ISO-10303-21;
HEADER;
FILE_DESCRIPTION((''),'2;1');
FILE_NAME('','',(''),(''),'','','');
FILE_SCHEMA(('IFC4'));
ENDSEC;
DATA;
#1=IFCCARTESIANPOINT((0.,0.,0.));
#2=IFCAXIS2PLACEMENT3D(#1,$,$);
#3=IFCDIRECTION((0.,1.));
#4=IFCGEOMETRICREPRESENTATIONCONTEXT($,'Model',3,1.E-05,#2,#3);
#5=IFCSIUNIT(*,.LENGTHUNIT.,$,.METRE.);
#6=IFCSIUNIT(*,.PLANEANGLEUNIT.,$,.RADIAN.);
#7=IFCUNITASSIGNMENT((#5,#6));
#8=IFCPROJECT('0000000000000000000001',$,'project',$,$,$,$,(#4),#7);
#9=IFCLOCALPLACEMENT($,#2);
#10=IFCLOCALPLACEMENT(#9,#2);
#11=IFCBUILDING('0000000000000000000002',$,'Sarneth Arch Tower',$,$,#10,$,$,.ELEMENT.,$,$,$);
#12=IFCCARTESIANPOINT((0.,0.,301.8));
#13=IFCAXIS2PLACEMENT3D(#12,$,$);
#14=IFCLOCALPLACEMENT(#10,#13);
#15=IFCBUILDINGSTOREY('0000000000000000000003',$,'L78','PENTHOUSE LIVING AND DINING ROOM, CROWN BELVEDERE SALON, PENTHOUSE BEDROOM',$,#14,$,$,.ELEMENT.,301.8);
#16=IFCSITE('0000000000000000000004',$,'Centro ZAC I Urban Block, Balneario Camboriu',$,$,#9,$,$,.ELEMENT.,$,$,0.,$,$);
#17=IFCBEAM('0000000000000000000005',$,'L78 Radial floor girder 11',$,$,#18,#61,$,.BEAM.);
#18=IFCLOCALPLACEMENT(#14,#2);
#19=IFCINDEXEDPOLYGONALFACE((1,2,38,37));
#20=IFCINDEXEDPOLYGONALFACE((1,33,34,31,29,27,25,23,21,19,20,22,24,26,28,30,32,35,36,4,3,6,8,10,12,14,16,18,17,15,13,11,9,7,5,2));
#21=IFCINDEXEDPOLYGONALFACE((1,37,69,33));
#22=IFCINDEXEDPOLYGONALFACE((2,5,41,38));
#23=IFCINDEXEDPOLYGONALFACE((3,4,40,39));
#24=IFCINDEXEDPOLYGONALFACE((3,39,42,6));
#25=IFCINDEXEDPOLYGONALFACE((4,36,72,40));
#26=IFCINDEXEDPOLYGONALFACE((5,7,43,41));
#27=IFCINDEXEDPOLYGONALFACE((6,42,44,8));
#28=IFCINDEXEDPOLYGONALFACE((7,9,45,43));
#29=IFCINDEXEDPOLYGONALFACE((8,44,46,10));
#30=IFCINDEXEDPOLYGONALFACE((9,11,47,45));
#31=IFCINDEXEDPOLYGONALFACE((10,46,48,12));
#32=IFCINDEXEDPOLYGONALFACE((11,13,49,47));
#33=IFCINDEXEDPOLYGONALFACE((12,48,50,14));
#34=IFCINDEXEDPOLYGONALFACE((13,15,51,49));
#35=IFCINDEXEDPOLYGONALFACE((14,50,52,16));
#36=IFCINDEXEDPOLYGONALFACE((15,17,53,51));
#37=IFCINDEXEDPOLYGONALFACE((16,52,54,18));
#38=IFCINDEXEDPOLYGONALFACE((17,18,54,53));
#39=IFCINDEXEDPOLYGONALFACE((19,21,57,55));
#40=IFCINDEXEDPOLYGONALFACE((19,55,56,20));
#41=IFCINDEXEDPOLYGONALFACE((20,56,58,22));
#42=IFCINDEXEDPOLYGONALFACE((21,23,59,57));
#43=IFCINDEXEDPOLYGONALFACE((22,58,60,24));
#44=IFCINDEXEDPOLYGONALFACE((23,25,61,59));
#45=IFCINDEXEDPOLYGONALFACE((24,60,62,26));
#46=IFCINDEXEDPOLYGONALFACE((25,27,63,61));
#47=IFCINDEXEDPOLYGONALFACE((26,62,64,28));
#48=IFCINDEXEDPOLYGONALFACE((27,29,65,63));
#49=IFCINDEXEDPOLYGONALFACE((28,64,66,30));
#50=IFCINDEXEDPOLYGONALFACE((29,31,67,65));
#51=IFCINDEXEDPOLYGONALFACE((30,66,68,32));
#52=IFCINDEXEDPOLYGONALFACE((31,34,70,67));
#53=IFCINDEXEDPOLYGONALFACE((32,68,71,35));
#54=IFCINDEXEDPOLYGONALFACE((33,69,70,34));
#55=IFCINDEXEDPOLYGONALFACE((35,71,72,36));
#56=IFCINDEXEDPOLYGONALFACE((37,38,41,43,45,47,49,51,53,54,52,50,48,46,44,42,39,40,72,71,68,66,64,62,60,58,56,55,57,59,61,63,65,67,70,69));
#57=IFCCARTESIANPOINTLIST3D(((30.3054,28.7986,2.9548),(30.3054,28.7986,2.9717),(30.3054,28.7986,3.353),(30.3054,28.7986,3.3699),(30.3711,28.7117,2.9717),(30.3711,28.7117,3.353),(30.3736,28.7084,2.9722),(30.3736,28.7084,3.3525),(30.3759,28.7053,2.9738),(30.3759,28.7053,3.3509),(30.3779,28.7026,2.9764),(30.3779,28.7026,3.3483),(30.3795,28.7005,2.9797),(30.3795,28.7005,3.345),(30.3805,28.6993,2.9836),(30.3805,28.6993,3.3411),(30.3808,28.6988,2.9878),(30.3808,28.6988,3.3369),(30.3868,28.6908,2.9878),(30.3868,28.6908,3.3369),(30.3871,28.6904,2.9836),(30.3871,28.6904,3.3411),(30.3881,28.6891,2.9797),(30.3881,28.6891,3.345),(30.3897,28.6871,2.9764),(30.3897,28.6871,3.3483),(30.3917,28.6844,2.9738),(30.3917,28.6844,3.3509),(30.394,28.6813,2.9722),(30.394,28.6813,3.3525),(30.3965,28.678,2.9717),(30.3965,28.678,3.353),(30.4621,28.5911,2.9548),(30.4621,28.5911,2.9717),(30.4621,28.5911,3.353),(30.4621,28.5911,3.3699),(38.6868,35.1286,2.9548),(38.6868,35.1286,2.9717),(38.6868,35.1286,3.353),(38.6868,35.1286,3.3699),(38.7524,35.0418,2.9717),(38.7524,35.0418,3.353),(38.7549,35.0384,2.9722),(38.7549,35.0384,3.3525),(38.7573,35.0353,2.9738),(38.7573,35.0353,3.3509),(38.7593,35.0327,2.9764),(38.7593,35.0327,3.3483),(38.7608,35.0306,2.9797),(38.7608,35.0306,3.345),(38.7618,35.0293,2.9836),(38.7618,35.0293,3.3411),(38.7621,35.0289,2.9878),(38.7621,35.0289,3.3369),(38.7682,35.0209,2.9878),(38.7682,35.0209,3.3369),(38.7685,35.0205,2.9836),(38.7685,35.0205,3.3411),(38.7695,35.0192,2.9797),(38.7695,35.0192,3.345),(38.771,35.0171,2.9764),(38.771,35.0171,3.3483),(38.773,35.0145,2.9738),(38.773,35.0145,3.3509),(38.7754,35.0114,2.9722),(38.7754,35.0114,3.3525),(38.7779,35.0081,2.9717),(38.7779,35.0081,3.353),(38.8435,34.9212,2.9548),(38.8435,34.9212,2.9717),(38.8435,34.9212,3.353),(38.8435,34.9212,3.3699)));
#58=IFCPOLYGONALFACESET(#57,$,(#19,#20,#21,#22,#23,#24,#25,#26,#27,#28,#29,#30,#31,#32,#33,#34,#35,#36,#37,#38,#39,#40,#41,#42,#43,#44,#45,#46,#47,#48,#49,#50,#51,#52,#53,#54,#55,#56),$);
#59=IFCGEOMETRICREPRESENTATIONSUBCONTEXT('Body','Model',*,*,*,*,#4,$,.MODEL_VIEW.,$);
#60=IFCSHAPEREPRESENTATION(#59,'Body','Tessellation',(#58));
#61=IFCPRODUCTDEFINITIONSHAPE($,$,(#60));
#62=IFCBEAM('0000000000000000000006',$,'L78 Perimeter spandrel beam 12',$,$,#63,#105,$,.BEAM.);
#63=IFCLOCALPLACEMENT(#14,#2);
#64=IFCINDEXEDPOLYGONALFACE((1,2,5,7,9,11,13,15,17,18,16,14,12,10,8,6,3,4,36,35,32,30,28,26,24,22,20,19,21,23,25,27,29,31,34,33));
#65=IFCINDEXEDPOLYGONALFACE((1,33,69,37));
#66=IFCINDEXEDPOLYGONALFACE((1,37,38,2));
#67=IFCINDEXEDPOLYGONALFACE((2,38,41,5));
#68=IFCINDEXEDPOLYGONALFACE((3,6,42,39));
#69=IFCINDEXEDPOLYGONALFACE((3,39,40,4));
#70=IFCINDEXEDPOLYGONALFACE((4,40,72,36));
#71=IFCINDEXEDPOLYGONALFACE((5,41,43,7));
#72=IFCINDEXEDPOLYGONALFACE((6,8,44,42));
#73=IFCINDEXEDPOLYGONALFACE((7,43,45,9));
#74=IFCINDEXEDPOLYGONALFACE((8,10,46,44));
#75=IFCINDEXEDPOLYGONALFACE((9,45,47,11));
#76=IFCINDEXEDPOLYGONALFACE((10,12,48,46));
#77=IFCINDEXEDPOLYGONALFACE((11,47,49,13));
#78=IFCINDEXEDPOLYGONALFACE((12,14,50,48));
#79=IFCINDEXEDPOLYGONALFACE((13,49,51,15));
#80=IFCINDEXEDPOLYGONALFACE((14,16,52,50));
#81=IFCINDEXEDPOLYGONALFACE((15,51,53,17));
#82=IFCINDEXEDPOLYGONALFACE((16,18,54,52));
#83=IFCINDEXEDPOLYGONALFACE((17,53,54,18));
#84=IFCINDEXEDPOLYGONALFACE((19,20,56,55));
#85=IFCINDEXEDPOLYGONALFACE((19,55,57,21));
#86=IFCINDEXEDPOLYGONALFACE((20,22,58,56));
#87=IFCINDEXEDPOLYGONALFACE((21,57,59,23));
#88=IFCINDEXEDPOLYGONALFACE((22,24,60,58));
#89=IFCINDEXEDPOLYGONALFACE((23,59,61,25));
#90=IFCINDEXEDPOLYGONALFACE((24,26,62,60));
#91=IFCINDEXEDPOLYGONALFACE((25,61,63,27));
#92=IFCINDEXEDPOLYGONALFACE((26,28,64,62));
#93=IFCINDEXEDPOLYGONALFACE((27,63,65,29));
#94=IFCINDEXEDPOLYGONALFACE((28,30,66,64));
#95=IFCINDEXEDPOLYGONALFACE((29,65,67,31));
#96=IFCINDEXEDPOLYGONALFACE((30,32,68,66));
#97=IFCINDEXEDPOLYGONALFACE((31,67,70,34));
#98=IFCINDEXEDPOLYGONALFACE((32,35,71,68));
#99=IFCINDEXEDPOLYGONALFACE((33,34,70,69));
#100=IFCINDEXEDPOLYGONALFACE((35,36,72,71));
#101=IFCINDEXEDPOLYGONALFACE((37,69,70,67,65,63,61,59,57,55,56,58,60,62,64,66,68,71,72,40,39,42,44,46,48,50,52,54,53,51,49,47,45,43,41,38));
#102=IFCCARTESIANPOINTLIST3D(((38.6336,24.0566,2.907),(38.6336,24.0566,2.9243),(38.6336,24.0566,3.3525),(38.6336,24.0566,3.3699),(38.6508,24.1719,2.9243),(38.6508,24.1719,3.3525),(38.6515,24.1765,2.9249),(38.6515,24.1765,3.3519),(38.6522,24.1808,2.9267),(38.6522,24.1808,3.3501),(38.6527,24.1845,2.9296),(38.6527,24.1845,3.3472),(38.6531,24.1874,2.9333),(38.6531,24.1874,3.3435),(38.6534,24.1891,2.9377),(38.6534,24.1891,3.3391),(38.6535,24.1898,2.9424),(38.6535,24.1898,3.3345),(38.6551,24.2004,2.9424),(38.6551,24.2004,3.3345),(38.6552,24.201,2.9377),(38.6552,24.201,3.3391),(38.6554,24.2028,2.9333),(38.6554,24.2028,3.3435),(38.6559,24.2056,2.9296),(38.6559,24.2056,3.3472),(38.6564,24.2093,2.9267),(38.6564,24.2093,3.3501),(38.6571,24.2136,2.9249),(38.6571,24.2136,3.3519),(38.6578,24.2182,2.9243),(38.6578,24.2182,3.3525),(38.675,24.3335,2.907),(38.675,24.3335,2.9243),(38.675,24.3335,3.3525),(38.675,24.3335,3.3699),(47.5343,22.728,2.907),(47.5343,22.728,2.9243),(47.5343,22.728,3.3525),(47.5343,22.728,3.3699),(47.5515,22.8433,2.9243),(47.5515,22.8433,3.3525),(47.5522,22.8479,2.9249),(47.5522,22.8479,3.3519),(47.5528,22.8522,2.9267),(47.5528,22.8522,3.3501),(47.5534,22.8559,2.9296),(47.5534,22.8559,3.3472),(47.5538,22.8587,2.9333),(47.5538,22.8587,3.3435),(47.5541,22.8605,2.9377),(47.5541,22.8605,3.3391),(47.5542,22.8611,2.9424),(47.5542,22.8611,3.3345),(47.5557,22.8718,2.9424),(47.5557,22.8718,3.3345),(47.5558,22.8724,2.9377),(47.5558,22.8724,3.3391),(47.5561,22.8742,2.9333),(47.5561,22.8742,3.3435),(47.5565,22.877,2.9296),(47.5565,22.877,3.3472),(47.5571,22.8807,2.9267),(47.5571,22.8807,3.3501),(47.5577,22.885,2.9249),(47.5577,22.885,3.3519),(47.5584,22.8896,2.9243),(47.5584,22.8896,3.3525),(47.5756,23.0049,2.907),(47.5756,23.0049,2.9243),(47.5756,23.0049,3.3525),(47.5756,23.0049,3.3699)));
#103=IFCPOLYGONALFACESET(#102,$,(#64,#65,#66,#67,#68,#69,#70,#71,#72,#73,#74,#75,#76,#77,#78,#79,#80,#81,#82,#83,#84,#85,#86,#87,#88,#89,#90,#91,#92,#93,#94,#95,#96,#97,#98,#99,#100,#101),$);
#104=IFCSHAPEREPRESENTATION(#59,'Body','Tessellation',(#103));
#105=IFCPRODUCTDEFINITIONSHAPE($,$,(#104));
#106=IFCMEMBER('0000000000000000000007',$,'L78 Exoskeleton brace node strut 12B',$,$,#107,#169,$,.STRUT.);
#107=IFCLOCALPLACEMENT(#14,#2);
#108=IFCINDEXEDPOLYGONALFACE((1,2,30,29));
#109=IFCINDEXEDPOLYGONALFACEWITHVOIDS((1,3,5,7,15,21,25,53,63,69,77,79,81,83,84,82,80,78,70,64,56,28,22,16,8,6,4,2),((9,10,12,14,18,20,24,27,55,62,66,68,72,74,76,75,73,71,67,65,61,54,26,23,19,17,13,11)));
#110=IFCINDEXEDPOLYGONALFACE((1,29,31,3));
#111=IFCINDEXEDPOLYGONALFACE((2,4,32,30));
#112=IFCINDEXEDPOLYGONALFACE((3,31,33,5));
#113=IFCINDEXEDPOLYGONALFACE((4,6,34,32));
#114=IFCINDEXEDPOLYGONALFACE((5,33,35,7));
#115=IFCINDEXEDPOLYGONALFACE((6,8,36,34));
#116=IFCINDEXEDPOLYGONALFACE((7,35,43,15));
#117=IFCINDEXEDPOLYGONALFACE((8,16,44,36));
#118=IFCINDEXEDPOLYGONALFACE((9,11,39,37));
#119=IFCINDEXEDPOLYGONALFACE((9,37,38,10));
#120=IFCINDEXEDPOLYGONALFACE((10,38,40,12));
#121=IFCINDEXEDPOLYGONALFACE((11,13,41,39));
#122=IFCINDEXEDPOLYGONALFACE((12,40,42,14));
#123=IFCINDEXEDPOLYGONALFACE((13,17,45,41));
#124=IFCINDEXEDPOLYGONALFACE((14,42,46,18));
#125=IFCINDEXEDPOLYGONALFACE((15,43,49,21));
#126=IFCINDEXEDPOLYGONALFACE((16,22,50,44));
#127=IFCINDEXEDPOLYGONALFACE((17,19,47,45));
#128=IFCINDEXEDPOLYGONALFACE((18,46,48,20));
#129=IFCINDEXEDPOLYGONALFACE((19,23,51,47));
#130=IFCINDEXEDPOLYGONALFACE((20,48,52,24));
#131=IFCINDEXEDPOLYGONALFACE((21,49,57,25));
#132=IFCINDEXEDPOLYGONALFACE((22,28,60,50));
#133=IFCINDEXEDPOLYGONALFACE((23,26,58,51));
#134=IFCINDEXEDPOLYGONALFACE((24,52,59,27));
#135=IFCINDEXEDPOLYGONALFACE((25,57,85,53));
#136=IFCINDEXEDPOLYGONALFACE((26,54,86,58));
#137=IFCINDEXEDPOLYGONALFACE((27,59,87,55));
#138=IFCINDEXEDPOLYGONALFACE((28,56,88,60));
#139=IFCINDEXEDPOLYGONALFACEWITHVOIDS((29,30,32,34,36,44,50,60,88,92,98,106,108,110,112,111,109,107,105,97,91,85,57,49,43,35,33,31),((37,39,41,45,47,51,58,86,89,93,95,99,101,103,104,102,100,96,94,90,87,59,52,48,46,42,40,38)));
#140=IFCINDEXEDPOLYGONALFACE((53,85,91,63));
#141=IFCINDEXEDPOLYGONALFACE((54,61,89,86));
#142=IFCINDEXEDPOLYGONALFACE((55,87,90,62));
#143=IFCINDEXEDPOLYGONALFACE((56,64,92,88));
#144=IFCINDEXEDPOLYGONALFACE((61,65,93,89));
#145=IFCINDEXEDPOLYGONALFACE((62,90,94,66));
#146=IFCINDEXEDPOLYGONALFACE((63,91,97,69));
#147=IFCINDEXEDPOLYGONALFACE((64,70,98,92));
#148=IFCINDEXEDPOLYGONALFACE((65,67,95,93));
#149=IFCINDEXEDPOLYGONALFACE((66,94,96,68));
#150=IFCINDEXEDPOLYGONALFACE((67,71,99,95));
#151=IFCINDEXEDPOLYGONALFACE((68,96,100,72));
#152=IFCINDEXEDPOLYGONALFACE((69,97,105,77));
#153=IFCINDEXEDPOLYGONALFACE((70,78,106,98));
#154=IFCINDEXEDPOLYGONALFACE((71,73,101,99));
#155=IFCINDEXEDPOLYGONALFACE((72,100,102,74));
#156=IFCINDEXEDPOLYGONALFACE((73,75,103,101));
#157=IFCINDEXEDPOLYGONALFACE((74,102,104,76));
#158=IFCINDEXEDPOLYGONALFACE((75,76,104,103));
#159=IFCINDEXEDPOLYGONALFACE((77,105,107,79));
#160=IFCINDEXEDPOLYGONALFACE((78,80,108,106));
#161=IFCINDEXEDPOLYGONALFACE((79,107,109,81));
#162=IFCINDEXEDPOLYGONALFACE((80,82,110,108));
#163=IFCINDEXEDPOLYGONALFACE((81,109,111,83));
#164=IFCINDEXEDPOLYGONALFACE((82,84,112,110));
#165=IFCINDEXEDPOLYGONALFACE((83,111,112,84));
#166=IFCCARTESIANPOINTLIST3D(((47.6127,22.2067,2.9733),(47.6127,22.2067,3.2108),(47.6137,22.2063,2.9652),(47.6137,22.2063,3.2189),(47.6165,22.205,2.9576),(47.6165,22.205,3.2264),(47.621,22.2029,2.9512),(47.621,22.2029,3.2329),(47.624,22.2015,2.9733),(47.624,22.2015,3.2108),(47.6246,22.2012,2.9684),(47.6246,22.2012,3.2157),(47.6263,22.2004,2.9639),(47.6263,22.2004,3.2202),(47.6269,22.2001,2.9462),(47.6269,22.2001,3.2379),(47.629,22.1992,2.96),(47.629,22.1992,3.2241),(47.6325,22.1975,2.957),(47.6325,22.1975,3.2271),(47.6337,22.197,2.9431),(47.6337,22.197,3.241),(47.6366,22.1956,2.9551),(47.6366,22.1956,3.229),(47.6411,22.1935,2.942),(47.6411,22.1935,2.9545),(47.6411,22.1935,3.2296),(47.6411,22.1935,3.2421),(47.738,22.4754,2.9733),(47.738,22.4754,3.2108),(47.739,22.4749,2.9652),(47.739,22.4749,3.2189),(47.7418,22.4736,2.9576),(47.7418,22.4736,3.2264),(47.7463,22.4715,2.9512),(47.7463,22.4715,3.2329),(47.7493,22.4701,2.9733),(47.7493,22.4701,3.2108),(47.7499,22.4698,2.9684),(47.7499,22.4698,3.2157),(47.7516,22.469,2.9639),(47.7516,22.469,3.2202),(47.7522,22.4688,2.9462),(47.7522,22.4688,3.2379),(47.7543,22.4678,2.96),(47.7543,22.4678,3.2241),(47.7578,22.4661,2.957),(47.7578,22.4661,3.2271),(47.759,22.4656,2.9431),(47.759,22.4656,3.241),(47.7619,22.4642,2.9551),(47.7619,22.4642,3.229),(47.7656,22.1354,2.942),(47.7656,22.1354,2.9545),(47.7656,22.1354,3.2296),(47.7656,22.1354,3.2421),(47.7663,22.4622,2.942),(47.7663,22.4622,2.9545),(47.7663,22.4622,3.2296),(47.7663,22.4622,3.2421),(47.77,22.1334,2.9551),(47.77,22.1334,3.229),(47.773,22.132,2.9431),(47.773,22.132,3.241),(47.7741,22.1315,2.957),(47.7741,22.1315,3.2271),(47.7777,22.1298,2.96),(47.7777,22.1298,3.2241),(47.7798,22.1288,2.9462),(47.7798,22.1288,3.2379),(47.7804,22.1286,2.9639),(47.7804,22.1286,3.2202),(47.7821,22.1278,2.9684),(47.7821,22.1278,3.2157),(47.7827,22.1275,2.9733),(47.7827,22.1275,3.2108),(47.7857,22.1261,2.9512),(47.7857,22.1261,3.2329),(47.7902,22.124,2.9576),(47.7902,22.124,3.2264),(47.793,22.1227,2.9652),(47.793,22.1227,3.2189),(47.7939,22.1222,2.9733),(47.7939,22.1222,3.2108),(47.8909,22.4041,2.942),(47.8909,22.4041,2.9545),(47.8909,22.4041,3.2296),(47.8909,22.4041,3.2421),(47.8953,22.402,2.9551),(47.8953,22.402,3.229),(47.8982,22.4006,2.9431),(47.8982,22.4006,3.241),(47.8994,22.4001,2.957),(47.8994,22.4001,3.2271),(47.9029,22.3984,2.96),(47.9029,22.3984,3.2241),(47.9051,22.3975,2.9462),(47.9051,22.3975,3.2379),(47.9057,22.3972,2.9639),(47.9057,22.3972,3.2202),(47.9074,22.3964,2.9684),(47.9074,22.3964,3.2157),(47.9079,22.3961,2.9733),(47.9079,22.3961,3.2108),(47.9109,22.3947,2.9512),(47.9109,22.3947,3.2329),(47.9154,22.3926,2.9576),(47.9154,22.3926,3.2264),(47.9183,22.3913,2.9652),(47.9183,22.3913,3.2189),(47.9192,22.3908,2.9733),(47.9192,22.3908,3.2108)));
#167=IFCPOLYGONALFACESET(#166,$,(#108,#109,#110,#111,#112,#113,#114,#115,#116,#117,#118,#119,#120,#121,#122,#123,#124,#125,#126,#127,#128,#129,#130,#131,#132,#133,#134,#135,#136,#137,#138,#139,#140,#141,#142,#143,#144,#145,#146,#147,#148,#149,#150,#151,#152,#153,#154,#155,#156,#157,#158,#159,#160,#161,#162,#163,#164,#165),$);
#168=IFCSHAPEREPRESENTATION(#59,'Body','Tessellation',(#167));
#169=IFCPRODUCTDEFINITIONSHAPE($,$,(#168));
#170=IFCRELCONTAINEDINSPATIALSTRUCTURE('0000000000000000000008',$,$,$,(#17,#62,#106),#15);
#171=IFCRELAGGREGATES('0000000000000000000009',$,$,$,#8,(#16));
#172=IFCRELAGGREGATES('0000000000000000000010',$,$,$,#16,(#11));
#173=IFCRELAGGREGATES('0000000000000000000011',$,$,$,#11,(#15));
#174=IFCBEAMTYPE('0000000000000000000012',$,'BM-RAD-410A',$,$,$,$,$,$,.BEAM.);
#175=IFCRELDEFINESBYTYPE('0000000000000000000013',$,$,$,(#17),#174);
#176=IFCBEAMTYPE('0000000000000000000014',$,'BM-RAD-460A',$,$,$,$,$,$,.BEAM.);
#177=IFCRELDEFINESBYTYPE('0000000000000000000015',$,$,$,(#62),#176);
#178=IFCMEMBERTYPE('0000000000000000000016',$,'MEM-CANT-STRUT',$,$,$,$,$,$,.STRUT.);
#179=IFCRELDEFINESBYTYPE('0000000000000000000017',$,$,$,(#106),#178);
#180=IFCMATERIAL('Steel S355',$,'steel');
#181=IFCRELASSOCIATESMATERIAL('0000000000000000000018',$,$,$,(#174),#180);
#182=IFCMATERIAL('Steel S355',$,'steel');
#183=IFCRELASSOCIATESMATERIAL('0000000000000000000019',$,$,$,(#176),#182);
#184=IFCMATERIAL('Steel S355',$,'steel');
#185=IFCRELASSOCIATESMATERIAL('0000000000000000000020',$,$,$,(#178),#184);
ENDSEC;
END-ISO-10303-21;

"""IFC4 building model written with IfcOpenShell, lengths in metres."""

from ifc_helpers import new_model, si_unit, direction, frame, origin, origin_2d, place, context, subcontext, project, spatial, hollow_rectangle, i_section, extrude, material, material_profile, profile_set, type_object, element, save


model = new_model("IFC4")

# Units and contexts
model_context = context("Model", 3, precision=1e-05, world=origin(), true_north=direction((0.0, 1.0)))
body_context = subcontext(model_context, "Body", "Model", "MODEL_VIEW")
ifc_project = project(units=[si_unit("LENGTHUNIT", "METRE"), si_unit("PLANEANGLEUNIT", "RADIAN")], contexts=[model_context])

# Site, building, storey
site_placement = place(None, origin())
site = spatial("IfcSite", under=ifc_project, at=site_placement, Name="Centro ZAC I Urban Block, Balneario Camboriu", CompositionType="ELEMENT", RefElevation=0.0)
building_placement = place(site_placement, origin())
building = spatial("IfcBuilding", under=site, at=building_placement, Name="Sarneth Arch Tower", CompositionType="ELEMENT")
storey_placement = place(building_placement, frame((0.0, 0.0, 301.8)))
storey = spatial("IfcBuildingStorey", under=building, at=storey_placement, Name="L78", Description="PENTHOUSE LIVING AND DINING ROOM, CROWN BELVEDERE SALON, PENTHOUSE BEDROOM", CompositionType="ELEMENT", Elevation=301.8)

# Beams
ifc_material_1 = material(Name="Steel S355", Category="steel")
ifc_material_profile_1 = material_profile(ifc_material_1, i_section(OverallWidth=0.26, OverallDepth=0.415, WebThickness=0.01, FlangeThickness=0.0168, FilletRadius=0.0161, at=origin_2d()), Name="W410x100")
ifc_profile_set_1 = profile_set([ifc_material_profile_1], Name="Steel S355")
beam_type_1 = type_object("IfcBeamType", Name="BM-RAD-410A", PredefinedType="BEAM", material=ifc_profile_set_1)
beam_1_placement = place(storey_placement, frame((38.7651, 35.0249, 3.1624), z_axis=(-0.797982, -0.602682, 0.0), x_axis=(0.602682, -0.797982, 0.0)))
element("IfcBeam", 1, at=beam_1_placement, inside=storey, type_object=beam_type_1, Name="L78 Radial floor girder 11", PredefinedType="BEAM", context=body_context, shape_type="SweptSolid", body=[
    extrude(i_section(OverallWidth=0.26, OverallDepth=0.415, WebThickness=0.01, FlangeThickness=0.0168, FilletRadius=0.0161, at=origin_2d()), origin(), (0.0, 0.0, 1.0), 10.5032),
])
ifc_material_2 = material(Name="Steel S355", Category="steel")
ifc_material_profile_2 = material_profile(ifc_material_2, i_section(OverallWidth=0.28, OverallDepth=0.4629, WebThickness=0.0107, FlangeThickness=0.0173, FilletRadius=0.0181, at=origin_2d()), Name="W460x113")
ifc_profile_set_2 = profile_set([ifc_material_profile_2], Name="Steel S355")
beam_type_2 = type_object("IfcBeamType", Name="BM-RAD-460A", PredefinedType="BEAM", material=ifc_profile_set_2)
beam_2_placement = place(storey_placement, frame((38.6543, 24.1951, 3.1384), z_axis=(0.989042, -0.147636, 0.0), x_axis=(0.147636, 0.989042, 0.0)))
element("IfcBeam", 2, at=beam_2_placement, inside=storey, type_object=beam_type_2, Name="L78 Perimeter spandrel beam 12", PredefinedType="BEAM", context=body_context, shape_type="SweptSolid", body=[
    extrude(i_section(OverallWidth=0.28, OverallDepth=0.4629, WebThickness=0.0107, FlangeThickness=0.0173, FilletRadius=0.0181, at=origin_2d()), origin(), (0.0, 0.0, 1.0), 8.9993),
])

# Member
ifc_material_3 = material(Name="Steel S355", Category="steel")
ifc_material_profile_3 = material_profile(ifc_material_3, hollow_rectangle(XDim=0.2, YDim=0.3, WallThickness=0.0125, InnerFilletRadius=0.0188, OuterFilletRadius=0.0312, at=origin_2d()), Name="RHS300x200x12.5")
ifc_profile_set_3 = profile_set([ifc_material_profile_3], Name="Steel S355")
member_type_1 = type_object("IfcMemberType", Name="MEM-CANT-STRUT", PredefinedType="STRUT", material=ifc_profile_set_3)
member_1_placement = place(storey_placement, frame((47.8286, 22.4331, 3.092), z_axis=(-0.42266, -0.906288, 0.0), x_axis=(0.906288, -0.42266, 0.0)))
element("IfcMember", 3, at=member_1_placement, inside=storey, type_object=member_type_1, Name="L78 Exoskeleton brace node strut 12B", PredefinedType="STRUT", context=body_context, shape_type="SweptSolid", body=[
    extrude(hollow_rectangle(XDim=0.2, YDim=0.3, WallThickness=0.0125, InnerFilletRadius=0.0188, OuterFilletRadius=0.0312, at=origin_2d()), origin(), (0.0, 0.0, 1.0), 0.2964),
])

save(model, "model.ifc")
